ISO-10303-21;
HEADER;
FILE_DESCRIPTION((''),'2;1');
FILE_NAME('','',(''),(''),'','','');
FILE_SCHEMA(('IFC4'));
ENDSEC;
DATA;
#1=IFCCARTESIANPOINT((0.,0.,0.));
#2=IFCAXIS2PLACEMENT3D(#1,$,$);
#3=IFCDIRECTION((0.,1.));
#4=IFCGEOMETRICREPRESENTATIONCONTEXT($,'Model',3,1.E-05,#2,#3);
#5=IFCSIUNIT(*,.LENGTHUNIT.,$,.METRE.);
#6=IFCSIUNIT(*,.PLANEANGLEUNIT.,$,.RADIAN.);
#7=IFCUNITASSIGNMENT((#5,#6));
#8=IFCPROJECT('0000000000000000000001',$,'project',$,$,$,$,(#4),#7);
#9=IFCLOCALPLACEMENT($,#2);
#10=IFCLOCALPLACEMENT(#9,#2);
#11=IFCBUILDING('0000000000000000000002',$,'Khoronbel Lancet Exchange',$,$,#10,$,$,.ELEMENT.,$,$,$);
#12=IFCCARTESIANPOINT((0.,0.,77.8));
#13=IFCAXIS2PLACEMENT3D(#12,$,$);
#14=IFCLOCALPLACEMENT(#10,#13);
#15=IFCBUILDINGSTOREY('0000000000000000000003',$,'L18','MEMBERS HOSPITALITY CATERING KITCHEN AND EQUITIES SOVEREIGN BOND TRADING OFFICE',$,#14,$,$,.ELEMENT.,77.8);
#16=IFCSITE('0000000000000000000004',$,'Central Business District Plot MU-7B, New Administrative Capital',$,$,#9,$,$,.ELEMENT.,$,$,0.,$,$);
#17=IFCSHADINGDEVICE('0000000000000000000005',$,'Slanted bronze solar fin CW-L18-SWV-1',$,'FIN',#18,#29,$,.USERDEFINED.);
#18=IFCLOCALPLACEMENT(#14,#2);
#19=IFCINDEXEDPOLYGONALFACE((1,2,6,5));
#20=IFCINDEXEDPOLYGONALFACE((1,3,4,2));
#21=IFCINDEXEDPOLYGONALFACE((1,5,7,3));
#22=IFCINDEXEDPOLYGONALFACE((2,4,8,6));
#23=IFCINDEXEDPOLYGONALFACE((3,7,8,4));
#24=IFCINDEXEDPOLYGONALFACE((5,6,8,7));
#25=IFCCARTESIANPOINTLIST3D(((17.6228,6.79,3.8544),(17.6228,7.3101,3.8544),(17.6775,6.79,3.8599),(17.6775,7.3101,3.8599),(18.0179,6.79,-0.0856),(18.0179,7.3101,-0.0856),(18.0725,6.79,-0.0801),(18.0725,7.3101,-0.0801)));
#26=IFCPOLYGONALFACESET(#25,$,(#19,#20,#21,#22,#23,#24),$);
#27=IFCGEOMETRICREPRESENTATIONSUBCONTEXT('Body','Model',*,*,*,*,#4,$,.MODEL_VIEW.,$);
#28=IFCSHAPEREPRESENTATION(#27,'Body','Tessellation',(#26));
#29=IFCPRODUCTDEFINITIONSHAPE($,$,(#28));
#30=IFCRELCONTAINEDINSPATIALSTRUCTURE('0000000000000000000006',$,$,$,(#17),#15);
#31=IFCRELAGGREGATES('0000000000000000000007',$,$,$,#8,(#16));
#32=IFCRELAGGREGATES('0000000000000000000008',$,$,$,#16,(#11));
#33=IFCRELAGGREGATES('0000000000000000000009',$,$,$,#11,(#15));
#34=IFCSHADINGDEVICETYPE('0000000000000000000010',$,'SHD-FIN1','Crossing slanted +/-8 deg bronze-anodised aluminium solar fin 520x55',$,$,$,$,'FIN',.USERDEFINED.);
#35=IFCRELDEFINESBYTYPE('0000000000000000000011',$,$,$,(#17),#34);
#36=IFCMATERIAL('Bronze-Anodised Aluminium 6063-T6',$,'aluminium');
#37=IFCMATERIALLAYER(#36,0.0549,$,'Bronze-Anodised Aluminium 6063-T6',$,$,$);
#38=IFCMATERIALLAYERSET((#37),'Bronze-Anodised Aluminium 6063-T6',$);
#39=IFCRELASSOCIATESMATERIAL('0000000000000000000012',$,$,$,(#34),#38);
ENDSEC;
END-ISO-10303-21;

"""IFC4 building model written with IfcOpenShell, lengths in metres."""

from ifc_helpers import new_model, si_unit, direction, frame, origin, place, context, subcontext, project, spatial, polyline, outline, extrude, material, layer, layer_set, type_object, element, save


model = new_model("IFC4")

# Units and contexts
model_context = context("Model", 3, precision=1e-05, world=origin(), true_north=direction((0.0, 1.0)))
body_context = subcontext(model_context, "Body", "Model", "MODEL_VIEW")
ifc_project = project(units=[si_unit("LENGTHUNIT", "METRE"), si_unit("PLANEANGLEUNIT", "RADIAN")], contexts=[model_context])

# Site, building, storey
site_placement = place(None, origin())
site = spatial("IfcSite", under=ifc_project, at=site_placement, Name="Central Business District Plot MU-7B, New Administrative Capital", CompositionType="ELEMENT", RefElevation=0.0)
building_placement = place(site_placement, origin())
building = spatial("IfcBuilding", under=site, at=building_placement, Name="Khoronbel Lancet Exchange", CompositionType="ELEMENT")
storey_placement = place(building_placement, frame((0.0, 0.0, 77.8)))
storey = spatial("IfcBuildingStorey", under=building, at=storey_placement, Name="L18", Description="MEMBERS HOSPITALITY CATERING KITCHEN AND EQUITIES SOVEREIGN BOND TRADING OFFICE", CompositionType="ELEMENT", Elevation=77.8)

# Shared definitions
ifc_material_1 = material(Name="Bronze-Anodised Aluminium 6063-T6", Category="aluminium")

# Shading device
ifc_layer_1 = layer(ifc_material_1, 0.0549, Name="Bronze-Anodised Aluminium 6063-T6")
ifc_layer_set_1 = layer_set([ifc_layer_1], Name="Bronze-Anodised Aluminium 6063-T6")
shading_device_type = type_object("IfcShadingDeviceType", Name="SHD-FIN1", Description="Crossing slanted +/-8 deg bronze-anodised aluminium solar fin 520x55", ElementType="FIN", PredefinedType="USERDEFINED", material=ifc_layer_set_1)
shading_device_placement = place(storey_placement, frame((18.0725, 7.3101, -0.0801), z_axis=(0.995012, 0.0, 0.09976), x_axis=(0.0, -1.0, 0.0)))
element("IfcShadingDevice", 1, at=shading_device_placement, inside=storey, type_object=shading_device_type, Name="Slanted bronze solar fin CW-L18-SWV-1", ObjectType="FIN", PredefinedType="USERDEFINED", context=body_context, shape_type="SweptSolid", body=[
    extrude(outline(polyline([(0.0, 0.0), (0.52, 0.0), (0.52, -3.9597), (0.0, -3.9597), (0.0, 0.0)])), origin(), (0.0, 0.0, -1.0), 0.0549),
])

save(model, "model.ifc")
